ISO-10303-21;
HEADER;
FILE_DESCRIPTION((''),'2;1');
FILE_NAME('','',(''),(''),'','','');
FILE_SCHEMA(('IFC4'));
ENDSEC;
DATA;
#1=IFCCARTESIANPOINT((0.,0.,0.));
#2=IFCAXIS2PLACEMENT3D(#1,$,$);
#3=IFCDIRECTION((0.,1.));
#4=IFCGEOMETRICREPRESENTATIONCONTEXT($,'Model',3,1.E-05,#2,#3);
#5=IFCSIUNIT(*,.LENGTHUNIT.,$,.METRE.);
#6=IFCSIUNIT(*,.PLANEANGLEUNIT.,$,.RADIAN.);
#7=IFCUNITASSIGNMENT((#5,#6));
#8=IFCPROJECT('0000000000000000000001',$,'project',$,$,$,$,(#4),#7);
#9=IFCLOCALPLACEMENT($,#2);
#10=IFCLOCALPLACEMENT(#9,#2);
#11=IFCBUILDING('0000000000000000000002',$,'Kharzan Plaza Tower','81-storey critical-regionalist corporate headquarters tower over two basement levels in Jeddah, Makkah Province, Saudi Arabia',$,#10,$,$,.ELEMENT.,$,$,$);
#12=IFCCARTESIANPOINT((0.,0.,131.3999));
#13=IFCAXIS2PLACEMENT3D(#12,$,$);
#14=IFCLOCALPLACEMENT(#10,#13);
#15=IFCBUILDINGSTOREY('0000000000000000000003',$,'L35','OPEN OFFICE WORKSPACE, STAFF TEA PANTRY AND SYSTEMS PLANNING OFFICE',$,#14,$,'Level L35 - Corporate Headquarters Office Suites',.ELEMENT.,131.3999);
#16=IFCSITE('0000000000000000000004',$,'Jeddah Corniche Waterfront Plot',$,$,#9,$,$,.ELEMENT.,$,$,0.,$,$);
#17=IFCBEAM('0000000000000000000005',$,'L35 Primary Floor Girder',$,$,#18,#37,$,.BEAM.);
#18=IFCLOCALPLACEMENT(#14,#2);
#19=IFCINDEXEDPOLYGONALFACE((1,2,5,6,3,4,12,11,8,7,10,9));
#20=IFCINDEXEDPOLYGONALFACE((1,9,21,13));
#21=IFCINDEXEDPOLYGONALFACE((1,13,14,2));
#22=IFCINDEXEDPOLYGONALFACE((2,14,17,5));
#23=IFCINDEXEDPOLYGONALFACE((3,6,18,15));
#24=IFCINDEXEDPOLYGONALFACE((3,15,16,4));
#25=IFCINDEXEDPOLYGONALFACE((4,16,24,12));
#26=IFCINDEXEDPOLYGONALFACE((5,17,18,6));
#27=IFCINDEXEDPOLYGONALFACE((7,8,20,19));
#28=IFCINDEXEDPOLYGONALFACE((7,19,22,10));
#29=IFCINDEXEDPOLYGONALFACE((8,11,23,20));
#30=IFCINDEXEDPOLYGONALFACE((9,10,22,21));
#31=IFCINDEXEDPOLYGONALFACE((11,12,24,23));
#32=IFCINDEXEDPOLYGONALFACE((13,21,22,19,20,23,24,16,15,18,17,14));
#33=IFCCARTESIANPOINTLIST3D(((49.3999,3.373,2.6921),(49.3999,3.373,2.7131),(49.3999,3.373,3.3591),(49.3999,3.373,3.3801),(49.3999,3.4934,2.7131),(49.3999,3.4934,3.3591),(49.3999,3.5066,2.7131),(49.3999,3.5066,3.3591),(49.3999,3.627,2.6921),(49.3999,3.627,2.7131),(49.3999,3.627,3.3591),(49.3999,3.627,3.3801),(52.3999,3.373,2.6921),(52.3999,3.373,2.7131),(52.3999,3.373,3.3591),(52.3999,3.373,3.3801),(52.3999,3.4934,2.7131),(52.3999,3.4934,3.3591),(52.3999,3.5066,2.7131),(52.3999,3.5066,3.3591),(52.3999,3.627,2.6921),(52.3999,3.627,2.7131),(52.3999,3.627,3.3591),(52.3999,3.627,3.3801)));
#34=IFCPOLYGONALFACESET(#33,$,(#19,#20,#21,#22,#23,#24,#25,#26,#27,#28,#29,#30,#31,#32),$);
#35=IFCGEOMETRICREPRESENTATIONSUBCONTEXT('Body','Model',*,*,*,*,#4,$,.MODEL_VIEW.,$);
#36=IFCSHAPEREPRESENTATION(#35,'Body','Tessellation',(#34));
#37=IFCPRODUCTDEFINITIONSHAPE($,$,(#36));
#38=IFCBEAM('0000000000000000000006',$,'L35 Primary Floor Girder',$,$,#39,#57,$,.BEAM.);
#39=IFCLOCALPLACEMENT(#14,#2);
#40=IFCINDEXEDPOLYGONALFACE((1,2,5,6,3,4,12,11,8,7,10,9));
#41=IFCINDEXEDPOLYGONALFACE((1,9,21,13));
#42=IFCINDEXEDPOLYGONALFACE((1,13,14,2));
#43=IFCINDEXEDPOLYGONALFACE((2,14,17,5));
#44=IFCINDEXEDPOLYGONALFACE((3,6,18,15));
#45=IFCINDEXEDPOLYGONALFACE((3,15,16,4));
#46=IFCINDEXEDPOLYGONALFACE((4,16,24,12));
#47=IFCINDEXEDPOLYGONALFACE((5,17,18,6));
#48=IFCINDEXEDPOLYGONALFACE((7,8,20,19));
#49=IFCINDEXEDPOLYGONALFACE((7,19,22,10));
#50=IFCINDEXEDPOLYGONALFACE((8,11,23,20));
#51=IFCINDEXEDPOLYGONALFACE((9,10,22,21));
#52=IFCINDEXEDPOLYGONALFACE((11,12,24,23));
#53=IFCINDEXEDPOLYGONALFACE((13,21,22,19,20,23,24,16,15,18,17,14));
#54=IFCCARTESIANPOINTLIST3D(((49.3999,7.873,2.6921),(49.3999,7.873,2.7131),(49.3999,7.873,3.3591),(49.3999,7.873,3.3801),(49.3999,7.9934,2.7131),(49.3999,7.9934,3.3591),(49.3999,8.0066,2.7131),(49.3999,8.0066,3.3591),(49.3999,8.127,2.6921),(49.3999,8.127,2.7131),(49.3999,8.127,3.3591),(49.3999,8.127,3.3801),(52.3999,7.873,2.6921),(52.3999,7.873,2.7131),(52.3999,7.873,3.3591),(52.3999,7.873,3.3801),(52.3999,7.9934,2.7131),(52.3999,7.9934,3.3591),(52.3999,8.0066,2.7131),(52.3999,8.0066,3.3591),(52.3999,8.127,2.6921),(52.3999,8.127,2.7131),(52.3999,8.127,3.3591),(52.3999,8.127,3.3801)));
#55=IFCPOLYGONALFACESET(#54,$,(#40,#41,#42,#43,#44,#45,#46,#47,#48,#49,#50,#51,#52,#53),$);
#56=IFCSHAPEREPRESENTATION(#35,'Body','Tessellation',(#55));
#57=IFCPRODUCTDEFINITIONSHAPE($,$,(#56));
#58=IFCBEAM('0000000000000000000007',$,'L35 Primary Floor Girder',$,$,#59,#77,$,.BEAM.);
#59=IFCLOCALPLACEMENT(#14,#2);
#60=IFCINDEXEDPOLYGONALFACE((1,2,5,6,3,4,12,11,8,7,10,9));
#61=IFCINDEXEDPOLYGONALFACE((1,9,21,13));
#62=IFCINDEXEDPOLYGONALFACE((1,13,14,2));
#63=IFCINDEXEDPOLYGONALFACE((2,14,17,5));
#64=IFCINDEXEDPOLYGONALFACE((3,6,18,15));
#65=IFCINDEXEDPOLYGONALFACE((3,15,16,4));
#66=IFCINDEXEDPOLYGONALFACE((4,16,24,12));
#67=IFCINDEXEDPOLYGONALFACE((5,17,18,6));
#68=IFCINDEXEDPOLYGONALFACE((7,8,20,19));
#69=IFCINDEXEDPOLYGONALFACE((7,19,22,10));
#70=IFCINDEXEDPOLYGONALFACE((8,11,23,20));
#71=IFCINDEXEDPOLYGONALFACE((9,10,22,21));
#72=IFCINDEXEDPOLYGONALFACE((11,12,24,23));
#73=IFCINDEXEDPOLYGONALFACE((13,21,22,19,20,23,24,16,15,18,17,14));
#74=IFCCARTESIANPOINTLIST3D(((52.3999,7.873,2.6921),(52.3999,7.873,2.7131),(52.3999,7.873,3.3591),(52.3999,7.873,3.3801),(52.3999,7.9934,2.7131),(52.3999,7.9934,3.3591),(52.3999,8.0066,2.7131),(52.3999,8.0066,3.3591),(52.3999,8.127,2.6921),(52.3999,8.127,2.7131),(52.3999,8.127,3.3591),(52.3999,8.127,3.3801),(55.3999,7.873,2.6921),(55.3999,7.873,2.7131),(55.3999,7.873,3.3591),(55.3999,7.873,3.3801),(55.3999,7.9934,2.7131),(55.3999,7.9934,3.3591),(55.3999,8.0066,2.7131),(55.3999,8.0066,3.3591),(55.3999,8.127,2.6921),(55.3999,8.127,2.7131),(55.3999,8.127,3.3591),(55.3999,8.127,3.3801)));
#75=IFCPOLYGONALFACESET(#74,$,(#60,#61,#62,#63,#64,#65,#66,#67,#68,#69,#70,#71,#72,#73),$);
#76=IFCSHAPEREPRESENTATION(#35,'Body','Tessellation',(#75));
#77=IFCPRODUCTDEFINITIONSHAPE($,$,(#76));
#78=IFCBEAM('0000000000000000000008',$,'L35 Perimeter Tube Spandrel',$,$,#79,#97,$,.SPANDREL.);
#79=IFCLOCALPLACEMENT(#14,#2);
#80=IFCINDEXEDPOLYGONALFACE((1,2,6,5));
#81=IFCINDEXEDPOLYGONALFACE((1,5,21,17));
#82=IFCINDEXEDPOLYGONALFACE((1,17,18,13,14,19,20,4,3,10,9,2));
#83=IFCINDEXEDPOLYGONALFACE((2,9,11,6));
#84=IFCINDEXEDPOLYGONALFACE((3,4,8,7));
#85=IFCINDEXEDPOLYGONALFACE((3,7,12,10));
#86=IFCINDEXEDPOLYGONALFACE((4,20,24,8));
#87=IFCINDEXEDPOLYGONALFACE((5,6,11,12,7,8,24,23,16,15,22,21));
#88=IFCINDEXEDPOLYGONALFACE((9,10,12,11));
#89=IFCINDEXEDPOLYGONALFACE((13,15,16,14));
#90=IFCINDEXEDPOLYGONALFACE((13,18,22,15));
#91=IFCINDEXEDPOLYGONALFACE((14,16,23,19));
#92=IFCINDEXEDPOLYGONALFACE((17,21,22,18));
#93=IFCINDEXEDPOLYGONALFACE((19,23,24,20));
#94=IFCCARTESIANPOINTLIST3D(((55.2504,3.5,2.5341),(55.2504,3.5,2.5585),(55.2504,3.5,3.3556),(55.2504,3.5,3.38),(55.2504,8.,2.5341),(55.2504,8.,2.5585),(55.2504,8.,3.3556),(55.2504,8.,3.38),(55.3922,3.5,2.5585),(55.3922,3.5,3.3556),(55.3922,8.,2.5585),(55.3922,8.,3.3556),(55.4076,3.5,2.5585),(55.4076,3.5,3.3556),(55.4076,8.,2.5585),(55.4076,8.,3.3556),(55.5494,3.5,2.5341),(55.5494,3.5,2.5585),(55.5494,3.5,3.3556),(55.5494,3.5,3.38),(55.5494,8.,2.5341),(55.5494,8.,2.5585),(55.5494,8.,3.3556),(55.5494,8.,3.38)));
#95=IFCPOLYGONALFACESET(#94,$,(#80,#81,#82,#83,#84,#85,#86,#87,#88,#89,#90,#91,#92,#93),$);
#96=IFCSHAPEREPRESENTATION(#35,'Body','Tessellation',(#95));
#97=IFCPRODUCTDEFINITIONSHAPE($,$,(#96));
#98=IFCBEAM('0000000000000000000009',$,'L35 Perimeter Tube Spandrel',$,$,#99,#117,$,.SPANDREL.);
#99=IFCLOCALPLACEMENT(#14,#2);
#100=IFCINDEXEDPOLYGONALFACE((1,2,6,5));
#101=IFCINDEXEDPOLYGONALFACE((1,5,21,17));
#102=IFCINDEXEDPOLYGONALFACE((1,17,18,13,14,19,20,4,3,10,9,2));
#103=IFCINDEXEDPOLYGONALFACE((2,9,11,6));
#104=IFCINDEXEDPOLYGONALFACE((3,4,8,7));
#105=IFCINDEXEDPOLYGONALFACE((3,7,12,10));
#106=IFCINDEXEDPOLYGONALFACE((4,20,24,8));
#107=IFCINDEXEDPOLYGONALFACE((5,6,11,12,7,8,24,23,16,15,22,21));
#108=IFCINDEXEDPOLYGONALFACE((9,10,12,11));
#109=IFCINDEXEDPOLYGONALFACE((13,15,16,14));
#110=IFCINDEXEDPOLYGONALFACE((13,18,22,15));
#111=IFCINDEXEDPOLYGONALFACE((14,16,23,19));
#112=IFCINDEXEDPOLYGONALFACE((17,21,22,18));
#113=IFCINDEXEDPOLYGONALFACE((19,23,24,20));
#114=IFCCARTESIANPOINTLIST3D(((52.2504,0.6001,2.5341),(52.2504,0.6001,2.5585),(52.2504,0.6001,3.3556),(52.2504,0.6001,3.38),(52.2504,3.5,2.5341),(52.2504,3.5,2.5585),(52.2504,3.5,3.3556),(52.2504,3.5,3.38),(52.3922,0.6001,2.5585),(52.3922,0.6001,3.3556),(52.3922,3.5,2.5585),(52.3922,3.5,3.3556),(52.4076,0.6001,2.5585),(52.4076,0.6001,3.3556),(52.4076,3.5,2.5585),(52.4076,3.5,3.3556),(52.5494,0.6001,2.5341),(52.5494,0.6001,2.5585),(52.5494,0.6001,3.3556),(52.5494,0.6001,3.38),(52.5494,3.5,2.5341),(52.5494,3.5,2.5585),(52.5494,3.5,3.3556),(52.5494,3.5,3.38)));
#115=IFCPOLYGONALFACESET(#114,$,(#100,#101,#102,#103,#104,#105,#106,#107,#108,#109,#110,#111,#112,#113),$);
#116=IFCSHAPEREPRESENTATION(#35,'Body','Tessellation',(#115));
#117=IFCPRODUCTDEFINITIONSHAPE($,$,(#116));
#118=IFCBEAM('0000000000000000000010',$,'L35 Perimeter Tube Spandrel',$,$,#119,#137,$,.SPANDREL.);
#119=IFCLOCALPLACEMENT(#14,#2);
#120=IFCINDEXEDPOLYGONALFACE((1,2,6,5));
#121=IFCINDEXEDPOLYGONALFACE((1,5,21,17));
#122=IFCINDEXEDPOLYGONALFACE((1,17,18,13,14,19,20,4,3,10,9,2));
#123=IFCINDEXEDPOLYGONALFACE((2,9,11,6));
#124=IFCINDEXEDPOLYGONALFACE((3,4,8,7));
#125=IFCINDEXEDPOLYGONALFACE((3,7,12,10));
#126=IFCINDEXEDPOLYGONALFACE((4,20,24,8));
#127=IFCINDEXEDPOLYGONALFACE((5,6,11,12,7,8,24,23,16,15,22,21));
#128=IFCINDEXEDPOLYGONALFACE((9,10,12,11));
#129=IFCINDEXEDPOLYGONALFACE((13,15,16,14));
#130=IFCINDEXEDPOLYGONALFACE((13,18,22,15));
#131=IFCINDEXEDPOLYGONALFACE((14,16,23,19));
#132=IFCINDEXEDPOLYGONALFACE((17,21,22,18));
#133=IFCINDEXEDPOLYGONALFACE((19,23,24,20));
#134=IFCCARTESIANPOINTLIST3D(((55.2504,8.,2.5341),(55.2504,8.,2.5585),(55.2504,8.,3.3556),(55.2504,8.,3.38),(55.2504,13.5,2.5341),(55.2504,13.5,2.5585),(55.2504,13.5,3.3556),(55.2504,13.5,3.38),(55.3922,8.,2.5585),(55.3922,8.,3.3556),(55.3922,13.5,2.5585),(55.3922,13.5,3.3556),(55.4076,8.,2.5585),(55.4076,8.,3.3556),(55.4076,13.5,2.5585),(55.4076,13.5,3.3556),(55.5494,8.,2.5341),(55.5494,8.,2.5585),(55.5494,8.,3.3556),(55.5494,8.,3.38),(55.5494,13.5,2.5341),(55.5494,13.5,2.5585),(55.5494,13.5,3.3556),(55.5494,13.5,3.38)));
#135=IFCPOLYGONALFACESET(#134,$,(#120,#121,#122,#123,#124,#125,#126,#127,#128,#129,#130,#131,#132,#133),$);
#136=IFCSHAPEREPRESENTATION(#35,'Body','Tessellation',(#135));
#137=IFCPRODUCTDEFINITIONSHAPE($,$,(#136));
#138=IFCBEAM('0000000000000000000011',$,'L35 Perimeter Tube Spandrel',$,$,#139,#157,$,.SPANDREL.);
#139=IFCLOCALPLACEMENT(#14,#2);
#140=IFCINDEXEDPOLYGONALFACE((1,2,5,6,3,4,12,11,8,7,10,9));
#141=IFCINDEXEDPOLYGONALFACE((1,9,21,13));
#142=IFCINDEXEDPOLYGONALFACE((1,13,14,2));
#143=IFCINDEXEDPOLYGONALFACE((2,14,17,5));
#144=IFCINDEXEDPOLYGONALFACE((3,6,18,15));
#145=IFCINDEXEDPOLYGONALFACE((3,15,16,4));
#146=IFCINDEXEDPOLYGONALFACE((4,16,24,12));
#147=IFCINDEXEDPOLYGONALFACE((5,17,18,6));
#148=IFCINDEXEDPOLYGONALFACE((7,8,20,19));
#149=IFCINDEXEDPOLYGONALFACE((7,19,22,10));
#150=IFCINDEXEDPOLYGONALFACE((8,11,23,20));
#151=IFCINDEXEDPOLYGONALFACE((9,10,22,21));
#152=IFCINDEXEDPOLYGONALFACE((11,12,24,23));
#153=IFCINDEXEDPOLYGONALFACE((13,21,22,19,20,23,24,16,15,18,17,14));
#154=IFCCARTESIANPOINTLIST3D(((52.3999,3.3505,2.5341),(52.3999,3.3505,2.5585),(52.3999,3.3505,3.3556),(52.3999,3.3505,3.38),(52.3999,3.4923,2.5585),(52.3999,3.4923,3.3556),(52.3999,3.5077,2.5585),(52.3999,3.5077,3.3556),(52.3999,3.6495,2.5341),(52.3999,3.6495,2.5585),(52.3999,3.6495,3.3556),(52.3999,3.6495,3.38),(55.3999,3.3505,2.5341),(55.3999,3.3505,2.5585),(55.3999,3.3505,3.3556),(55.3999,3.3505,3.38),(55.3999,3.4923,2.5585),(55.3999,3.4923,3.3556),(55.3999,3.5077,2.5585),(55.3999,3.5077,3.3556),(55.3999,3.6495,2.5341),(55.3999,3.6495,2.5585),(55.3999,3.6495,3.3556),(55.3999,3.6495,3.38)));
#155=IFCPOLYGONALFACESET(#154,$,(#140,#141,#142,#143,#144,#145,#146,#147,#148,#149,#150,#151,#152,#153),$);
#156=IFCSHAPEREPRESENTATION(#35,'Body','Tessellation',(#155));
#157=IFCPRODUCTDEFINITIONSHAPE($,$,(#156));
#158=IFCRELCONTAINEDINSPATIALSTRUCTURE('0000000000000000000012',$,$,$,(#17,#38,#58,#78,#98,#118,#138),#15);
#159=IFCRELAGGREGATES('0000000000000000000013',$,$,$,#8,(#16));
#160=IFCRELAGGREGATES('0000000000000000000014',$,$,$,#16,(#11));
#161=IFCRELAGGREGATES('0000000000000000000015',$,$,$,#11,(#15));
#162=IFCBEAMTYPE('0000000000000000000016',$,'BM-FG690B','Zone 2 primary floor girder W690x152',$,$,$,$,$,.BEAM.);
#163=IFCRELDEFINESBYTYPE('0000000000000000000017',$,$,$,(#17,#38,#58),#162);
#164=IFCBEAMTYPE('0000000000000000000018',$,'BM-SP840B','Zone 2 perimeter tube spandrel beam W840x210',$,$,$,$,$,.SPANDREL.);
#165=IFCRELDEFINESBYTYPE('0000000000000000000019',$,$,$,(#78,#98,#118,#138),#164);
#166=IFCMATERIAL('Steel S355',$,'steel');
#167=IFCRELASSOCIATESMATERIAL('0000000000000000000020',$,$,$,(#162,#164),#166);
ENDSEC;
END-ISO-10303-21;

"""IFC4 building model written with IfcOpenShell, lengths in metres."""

from ifc_helpers import new_model, si_unit, direction, frame, origin, origin_2d, place, context, subcontext, project, spatial, i_section, extrude, source, transform, mapped, material, material_profile, profile_set, type_object, element, save


model = new_model("IFC4")

# Units and contexts
model_context = context("Model", 3, precision=1e-05, world=origin(), true_north=direction((0.0, 1.0)))
body_context = subcontext(model_context, "Body", "Model", "MODEL_VIEW")
ifc_project = project(units=[si_unit("LENGTHUNIT", "METRE"), si_unit("PLANEANGLEUNIT", "RADIAN")], contexts=[model_context])

# Site, building, storey
site_placement = place(None, origin())
site = spatial("IfcSite", under=ifc_project, at=site_placement, Name="Jeddah Corniche Waterfront Plot", CompositionType="ELEMENT", RefElevation=0.0)
building_placement = place(site_placement, origin())
building = spatial("IfcBuilding", under=site, at=building_placement, Name="Kharzan Plaza Tower", Description="81-storey critical-regionalist corporate headquarters tower over two basement levels in Jeddah, Makkah Province, Saudi Arabia", CompositionType="ELEMENT")
storey_placement = place(building_placement, frame((0.0, 0.0, 131.3999)))
storey = spatial("IfcBuildingStorey", under=building, at=storey_placement, Name="L35", Description="OPEN OFFICE WORKSPACE, STAFF TEA PANTRY AND SYSTEMS PLANNING OFFICE", LongName="Level L35 - Corporate Headquarters Office Suites", CompositionType="ELEMENT", Elevation=131.3999)

# Beams
ifc_material_1 = material(Name="Steel S355", Category="steel")
ifc_material_profile_1 = material_profile(ifc_material_1, i_section(OverallWidth=0.2539, OverallDepth=0.688, WebThickness=0.0132, FlangeThickness=0.021, at=origin_2d()), Name="W690x152")
ifc_profile_set_1 = profile_set([ifc_material_profile_1], Name="Steel S355")
beam_type_1 = type_object("IfcBeamType", Name="BM-FG690B", Description="Zone 2 primary floor girder W690x152", PredefinedType="BEAM", material=ifc_profile_set_1)
shared_shape_1 = source(origin(), body_context, "Body", "SweptSolid", [
    extrude(i_section(OverallWidth=0.2539, OverallDepth=0.688, WebThickness=0.0132, FlangeThickness=0.021, at=origin_2d()), origin(), (0.0, 0.0, 1.0), 3.0),
])
for number, where, z_axis, x_axis, name in (
    (1, (49.3999, 3.5, 3.0361), (1.0, 0.0, 0.0), (0.0, 1.0, 0.0), "L35 Primary Floor Girder"),
    (2, (49.3999, 8.0, 3.0361), (1.0, 0.0, 0.0), (0.0, 1.0, 0.0), "L35 Primary Floor Girder"),
    (3, (52.3999, 8.0, 3.0361), (1.0, 0.0, 0.0), (0.0, 1.0, 0.0), "L35 Primary Floor Girder"),
):
    element("IfcBeam", number, at=place(storey_placement, frame(where, z_axis=z_axis, x_axis=x_axis)), inside=storey, type_object=beam_type_1, Name=name, PredefinedType="BEAM", context=body_context, shape_type="MappedRepresentation", body=[
        mapped(shared_shape_1, transform((0.0, 0.0, 0.0), x_axis=(1.0, 0.0, 0.0), y_axis=(0.0, 1.0, 0.0), z_axis=(0.0, 0.0, 1.0))),
    ])
ifc_material_profile_2 = material_profile(ifc_material_1, i_section(OverallWidth=0.2991, OverallDepth=0.8459, WebThickness=0.0154, FlangeThickness=0.0244, at=origin_2d()), Name="W840x210")
ifc_profile_set_2 = profile_set([ifc_material_profile_2], Name="Steel S355")
beam_type_2 = type_object("IfcBeamType", Name="BM-SP840B", Description="Zone 2 perimeter tube spandrel beam W840x210", PredefinedType="SPANDREL", material=ifc_profile_set_2)
shared_shape_2 = source(origin(), body_context, "Body", "SweptSolid", [
    extrude(i_section(OverallWidth=0.2991, OverallDepth=0.8459, WebThickness=0.0154, FlangeThickness=0.0244, at=origin_2d()), origin(), (0.0, 0.0, 1.0), 4.5),
])
beam_1_placement = place(storey_placement, frame((55.3999, 3.5, 2.957), z_axis=(0.0, 1.0, 0.0), x_axis=(-1.0, 0.0, 0.0)))
element("IfcBeam", 4, at=beam_1_placement, inside=storey, type_object=beam_type_2, Name="L35 Perimeter Tube Spandrel", PredefinedType="SPANDREL", context=body_context, shape_type="MappedRepresentation", body=[
    mapped(shared_shape_2, transform((0.0, 0.0, 0.0), x_axis=(1.0, 0.0, 0.0), y_axis=(0.0, 1.0, 0.0), z_axis=(0.0, 0.0, 1.0))),
])
shared_shape_3 = source(origin(), body_context, "Body", "SweptSolid", [
    extrude(i_section(OverallWidth=0.2991, OverallDepth=0.8459, WebThickness=0.0154, FlangeThickness=0.0244, at=origin_2d()), origin(), (0.0, 0.0, 1.0), 2.8999),
])
beam_2_placement = place(storey_placement, frame((52.3999, 0.6001, 2.957), z_axis=(0.0, 1.0, 0.0), x_axis=(-1.0, 0.0, 0.0)))
element("IfcBeam", 5, at=beam_2_placement, inside=storey, type_object=beam_type_2, Name="L35 Perimeter Tube Spandrel", PredefinedType="SPANDREL", context=body_context, shape_type="MappedRepresentation", body=[
    mapped(shared_shape_3, transform((0.0, 0.0, 0.0), x_axis=(1.0, 0.0, 0.0), y_axis=(0.0, 1.0, 0.0), z_axis=(0.0, 0.0, 1.0))),
])
shared_shape_4 = source(origin(), body_context, "Body", "SweptSolid", [
    extrude(i_section(OverallWidth=0.2991, OverallDepth=0.8459, WebThickness=0.0154, FlangeThickness=0.0244, at=origin_2d()), origin(), (0.0, 0.0, 1.0), 5.5),
])
beam_3_placement = place(storey_placement, frame((55.3999, 8.0, 2.957), z_axis=(0.0, 1.0, 0.0), x_axis=(-1.0, 0.0, 0.0)))
element("IfcBeam", 6, at=beam_3_placement, inside=storey, type_object=beam_type_2, Name="L35 Perimeter Tube Spandrel", PredefinedType="SPANDREL", context=body_context, shape_type="MappedRepresentation", body=[
    mapped(shared_shape_4, transform((0.0, 0.0, 0.0), x_axis=(1.0, 0.0, 0.0), y_axis=(0.0, 1.0, 0.0), z_axis=(0.0, 0.0, 1.0))),
])
shared_shape_5 = source(origin(), body_context, "Body", "SweptSolid", [
    extrude(i_section(OverallWidth=0.2991, OverallDepth=0.8459, WebThickness=0.0154, FlangeThickness=0.0244, at=origin_2d()), origin(), (0.0, 0.0, 1.0), 3.0),
])
beam_4_placement = place(storey_placement, frame((52.3999, 3.5, 2.957), z_axis=(1.0, 0.0, 0.0), x_axis=(0.0, 1.0, 0.0)))
element("IfcBeam", 7, at=beam_4_placement, inside=storey, type_object=beam_type_2, Name="L35 Perimeter Tube Spandrel", PredefinedType="SPANDREL", context=body_context, shape_type="MappedRepresentation", body=[
    mapped(shared_shape_5, transform((0.0, 0.0, 0.0), x_axis=(1.0, 0.0, 0.0), y_axis=(0.0, 1.0, 0.0), z_axis=(0.0, 0.0, 1.0))),
])

save(model, "model.ifc")
